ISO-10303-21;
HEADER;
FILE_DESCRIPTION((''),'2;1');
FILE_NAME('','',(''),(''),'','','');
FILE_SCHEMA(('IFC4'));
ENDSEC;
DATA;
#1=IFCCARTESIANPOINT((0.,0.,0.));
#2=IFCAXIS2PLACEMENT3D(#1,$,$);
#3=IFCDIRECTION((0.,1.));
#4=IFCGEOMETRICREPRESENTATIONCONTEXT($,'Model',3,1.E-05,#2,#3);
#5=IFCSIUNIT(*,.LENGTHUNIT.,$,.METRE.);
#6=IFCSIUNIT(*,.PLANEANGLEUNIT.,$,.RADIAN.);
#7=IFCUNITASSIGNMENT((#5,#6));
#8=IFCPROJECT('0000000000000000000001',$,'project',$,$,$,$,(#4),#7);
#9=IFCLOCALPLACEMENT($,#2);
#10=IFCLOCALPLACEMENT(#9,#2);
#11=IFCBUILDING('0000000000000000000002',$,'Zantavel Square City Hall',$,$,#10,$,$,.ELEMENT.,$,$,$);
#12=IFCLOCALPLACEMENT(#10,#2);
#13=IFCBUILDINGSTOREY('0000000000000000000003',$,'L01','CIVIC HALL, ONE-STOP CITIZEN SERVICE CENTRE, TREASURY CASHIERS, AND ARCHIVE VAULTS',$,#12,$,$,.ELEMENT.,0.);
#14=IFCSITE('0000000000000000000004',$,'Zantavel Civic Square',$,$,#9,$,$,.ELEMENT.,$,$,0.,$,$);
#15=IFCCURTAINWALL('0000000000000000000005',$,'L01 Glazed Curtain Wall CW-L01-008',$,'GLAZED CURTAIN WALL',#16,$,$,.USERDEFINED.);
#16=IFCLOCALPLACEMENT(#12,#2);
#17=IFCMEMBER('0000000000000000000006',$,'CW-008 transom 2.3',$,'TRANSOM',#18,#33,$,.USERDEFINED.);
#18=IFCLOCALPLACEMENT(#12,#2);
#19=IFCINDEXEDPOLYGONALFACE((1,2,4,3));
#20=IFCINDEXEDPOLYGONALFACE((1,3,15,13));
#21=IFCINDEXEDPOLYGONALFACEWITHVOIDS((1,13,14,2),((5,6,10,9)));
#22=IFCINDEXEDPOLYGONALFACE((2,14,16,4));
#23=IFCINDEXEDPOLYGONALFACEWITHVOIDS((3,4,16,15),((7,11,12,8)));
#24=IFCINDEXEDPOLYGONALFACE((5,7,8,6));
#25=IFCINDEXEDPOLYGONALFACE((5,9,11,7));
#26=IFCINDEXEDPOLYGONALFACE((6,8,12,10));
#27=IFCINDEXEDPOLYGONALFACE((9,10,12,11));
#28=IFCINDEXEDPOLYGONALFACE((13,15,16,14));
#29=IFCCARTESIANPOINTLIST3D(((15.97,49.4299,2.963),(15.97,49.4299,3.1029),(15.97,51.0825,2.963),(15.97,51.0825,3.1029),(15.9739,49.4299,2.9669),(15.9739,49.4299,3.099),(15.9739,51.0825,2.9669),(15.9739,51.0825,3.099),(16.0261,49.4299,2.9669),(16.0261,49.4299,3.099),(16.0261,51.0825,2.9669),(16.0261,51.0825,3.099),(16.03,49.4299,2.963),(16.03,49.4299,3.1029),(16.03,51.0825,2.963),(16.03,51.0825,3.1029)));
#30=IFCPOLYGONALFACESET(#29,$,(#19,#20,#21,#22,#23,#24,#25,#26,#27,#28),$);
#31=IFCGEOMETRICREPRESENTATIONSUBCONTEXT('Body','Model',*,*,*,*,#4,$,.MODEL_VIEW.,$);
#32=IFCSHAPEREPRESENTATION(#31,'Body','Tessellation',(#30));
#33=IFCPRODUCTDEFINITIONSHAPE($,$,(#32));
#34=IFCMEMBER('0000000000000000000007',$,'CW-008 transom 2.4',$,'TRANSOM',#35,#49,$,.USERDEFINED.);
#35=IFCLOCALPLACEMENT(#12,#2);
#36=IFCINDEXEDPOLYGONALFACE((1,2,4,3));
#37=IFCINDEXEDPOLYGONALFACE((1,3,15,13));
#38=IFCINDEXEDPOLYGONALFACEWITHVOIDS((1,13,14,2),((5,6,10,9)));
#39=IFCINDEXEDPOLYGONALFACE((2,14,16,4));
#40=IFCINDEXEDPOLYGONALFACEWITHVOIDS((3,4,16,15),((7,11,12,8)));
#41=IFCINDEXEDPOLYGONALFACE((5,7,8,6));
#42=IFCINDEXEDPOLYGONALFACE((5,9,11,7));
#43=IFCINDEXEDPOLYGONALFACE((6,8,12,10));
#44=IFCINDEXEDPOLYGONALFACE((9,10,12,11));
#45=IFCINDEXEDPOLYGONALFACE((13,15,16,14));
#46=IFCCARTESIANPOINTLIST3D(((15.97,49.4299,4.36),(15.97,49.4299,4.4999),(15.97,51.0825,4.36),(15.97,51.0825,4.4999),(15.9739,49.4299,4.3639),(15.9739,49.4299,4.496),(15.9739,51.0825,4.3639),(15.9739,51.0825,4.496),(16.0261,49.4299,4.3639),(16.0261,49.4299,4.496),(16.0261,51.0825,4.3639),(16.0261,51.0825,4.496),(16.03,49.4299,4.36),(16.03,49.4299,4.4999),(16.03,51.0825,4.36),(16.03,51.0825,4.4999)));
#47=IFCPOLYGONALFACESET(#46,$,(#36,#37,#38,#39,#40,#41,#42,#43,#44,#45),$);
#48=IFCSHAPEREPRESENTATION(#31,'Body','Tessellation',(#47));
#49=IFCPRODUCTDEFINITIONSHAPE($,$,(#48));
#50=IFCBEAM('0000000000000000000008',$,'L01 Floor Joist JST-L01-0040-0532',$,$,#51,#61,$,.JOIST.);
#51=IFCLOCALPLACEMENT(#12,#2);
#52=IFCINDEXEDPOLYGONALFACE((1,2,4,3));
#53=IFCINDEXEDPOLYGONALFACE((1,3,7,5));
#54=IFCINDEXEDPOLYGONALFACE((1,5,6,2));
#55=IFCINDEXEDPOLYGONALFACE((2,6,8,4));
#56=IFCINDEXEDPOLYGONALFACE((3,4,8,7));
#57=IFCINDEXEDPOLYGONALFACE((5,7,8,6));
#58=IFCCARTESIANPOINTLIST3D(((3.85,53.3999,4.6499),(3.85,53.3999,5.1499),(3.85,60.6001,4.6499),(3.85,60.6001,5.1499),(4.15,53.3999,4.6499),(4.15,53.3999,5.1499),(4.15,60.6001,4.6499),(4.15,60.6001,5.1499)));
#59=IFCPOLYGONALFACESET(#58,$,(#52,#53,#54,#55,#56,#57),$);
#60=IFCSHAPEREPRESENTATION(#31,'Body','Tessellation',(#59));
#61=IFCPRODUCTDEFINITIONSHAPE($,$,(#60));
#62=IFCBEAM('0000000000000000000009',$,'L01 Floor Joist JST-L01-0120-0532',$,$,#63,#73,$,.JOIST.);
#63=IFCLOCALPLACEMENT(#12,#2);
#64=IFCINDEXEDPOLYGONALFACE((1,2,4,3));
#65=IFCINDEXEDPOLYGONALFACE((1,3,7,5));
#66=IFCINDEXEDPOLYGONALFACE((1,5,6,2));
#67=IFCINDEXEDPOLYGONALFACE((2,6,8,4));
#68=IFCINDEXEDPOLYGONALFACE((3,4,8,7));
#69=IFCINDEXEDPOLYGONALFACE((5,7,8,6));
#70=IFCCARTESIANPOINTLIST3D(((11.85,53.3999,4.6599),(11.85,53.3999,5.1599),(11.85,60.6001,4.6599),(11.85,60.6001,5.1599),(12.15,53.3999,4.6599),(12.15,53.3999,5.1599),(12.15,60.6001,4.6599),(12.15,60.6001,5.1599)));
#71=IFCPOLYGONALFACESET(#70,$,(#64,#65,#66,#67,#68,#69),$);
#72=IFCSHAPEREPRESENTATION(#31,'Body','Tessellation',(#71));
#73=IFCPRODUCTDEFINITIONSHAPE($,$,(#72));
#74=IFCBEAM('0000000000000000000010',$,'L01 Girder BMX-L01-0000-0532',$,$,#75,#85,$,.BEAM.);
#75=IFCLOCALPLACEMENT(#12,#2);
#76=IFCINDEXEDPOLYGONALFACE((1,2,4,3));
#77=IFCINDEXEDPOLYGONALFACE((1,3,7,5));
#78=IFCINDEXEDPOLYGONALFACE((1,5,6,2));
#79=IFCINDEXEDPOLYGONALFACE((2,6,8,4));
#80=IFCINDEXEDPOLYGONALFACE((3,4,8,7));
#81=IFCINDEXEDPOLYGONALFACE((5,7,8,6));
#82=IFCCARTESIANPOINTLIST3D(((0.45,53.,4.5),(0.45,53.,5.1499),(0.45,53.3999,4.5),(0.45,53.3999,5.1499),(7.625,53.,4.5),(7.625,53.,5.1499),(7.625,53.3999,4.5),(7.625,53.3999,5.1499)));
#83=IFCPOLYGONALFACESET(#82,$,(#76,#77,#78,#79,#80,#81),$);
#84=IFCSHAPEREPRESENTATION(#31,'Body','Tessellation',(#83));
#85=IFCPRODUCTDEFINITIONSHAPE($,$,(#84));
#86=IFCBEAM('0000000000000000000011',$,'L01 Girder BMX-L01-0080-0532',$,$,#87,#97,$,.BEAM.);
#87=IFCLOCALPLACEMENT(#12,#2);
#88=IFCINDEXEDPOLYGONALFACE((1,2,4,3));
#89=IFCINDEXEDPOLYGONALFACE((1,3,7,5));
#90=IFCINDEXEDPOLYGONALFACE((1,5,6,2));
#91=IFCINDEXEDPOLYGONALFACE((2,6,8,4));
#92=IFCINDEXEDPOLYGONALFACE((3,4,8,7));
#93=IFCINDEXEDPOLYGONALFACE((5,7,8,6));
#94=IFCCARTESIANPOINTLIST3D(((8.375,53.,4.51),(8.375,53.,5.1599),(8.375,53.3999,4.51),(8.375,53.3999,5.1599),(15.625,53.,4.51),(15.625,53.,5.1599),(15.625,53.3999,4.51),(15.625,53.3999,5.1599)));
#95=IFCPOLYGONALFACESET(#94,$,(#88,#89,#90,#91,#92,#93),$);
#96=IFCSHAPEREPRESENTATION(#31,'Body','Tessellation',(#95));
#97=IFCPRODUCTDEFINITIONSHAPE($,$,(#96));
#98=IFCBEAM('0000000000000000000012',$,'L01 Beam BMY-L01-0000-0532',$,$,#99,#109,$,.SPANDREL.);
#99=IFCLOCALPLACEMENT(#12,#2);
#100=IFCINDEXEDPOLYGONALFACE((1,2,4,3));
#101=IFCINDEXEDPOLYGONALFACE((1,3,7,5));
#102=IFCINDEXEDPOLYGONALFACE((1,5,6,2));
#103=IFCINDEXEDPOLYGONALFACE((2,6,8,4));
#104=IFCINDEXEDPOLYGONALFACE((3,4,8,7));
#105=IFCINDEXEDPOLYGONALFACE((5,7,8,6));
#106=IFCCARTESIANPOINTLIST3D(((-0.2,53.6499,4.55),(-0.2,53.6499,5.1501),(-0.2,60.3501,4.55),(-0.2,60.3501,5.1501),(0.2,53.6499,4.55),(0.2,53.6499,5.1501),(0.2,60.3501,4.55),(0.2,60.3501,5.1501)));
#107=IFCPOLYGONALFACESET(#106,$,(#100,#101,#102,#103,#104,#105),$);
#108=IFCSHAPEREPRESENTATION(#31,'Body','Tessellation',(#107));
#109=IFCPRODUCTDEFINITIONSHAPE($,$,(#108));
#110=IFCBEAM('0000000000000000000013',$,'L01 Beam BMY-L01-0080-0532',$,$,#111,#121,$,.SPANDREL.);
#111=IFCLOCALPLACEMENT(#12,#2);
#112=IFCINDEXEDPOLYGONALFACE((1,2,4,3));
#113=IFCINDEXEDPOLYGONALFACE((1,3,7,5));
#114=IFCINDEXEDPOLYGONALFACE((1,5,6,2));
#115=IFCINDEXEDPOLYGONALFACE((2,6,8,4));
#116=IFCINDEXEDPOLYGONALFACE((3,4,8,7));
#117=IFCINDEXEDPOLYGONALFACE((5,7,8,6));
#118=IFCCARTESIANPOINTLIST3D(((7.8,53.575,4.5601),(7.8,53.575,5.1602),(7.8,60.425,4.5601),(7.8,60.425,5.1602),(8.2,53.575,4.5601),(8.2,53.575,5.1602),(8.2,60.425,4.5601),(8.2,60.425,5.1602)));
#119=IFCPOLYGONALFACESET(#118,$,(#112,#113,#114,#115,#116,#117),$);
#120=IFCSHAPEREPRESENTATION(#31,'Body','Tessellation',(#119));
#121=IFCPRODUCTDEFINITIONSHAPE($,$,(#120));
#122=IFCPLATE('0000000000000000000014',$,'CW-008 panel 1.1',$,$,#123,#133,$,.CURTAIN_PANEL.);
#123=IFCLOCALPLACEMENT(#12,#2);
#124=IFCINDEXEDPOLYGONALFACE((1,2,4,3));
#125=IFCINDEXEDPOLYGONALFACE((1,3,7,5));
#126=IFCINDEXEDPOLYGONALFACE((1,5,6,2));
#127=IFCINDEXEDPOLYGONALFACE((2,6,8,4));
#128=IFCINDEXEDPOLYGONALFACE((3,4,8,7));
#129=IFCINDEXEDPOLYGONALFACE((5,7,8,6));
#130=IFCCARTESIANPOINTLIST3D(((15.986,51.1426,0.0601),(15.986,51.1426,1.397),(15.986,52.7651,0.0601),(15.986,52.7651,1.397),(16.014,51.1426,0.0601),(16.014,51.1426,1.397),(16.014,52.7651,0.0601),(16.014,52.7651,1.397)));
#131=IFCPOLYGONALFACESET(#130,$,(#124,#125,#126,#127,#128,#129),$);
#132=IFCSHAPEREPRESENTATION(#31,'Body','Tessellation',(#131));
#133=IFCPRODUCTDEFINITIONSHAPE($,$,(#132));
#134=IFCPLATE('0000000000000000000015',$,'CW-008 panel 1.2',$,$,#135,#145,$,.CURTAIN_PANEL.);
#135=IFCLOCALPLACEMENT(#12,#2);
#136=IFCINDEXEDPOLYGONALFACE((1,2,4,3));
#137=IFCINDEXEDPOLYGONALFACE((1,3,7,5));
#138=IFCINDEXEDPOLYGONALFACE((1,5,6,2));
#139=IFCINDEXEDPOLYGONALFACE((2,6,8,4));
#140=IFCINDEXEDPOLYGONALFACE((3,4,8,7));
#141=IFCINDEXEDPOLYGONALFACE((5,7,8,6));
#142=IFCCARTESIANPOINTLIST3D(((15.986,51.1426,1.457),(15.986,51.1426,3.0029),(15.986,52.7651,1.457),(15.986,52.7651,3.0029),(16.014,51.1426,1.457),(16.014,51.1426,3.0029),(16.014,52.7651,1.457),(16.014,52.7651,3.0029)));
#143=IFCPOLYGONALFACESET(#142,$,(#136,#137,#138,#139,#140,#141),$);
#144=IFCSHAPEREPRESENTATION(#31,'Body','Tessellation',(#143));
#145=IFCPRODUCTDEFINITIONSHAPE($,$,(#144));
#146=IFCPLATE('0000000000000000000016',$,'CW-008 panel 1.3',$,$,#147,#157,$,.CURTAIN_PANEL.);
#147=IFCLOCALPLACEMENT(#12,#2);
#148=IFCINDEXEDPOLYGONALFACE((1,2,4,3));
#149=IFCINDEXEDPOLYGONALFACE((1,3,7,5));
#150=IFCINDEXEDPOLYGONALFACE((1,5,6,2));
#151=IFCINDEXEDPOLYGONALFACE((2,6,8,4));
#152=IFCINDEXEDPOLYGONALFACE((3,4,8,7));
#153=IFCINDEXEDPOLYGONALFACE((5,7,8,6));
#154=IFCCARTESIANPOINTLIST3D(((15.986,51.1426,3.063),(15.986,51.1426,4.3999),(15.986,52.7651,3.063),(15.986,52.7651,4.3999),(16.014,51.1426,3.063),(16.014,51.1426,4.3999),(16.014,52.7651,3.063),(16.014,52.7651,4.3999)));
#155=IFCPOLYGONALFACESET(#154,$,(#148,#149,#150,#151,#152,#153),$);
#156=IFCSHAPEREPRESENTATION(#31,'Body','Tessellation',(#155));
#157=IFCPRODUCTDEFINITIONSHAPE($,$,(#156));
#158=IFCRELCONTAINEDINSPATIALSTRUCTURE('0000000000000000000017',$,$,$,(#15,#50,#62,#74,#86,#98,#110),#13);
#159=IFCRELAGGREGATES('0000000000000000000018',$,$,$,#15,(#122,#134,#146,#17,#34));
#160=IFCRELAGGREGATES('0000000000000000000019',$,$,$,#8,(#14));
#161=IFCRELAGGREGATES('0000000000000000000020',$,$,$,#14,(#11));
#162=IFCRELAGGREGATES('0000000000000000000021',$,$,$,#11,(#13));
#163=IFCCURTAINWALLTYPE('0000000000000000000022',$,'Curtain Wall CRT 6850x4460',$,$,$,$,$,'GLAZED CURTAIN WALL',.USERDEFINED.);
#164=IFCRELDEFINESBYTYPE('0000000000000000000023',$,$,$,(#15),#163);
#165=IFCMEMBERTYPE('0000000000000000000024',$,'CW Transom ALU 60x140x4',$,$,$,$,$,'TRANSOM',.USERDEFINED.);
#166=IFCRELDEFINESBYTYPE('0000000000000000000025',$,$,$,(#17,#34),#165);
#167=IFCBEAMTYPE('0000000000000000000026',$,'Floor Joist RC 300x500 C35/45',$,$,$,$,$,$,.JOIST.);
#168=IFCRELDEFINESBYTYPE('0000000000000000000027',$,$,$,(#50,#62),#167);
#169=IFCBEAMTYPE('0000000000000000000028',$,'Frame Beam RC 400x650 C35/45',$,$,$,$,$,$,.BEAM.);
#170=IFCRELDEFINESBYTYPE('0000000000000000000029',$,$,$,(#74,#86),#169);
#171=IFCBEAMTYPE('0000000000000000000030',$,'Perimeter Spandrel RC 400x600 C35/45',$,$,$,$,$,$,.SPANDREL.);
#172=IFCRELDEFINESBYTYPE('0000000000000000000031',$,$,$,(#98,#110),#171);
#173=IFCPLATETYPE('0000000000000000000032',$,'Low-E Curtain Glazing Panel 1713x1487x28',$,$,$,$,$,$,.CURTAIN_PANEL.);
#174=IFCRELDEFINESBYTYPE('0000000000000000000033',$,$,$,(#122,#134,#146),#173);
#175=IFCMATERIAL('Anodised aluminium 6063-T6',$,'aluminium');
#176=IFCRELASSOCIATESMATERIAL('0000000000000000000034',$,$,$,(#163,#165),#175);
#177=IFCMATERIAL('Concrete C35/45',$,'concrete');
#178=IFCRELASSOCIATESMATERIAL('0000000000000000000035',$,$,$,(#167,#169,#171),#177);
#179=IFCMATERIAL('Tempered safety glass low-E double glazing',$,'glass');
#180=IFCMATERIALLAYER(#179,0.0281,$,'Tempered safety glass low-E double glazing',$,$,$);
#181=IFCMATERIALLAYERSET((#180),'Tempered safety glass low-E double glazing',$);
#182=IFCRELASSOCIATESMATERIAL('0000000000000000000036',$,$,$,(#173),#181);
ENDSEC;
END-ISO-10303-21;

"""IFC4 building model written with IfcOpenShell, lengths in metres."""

from ifc_helpers import new_model, si_unit, direction, frame, origin, origin_2d, place, context, subcontext, project, spatial, rectangle, hollow_rectangle, extrude, material, layer, layer_set, material_profile, profile_set, type_object, element, aggregate, save


model = new_model("IFC4")

# Units and contexts
model_context = context("Model", 3, precision=1e-05, world=origin(), true_north=direction((0.0, 1.0)))
body_context = subcontext(model_context, "Body", "Model", "MODEL_VIEW")
ifc_project = project(units=[si_unit("LENGTHUNIT", "METRE"), si_unit("PLANEANGLEUNIT", "RADIAN")], contexts=[model_context])

# Site, building, storey
site_placement = place(None, origin())
site = spatial("IfcSite", under=ifc_project, at=site_placement, Name="Zantavel Civic Square", CompositionType="ELEMENT", RefElevation=0.0)
building_placement = place(site_placement, origin())
building = spatial("IfcBuilding", under=site, at=building_placement, Name="Zantavel Square City Hall", CompositionType="ELEMENT")
storey_placement = place(building_placement, origin())
storey = spatial("IfcBuildingStorey", under=building, at=storey_placement, Name="L01", Description="CIVIC HALL, ONE-STOP CITIZEN SERVICE CENTRE, TREASURY CASHIERS, AND ARCHIVE VAULTS", CompositionType="ELEMENT", Elevation=0.0)

# Curtain wall, members
ifc_material_1 = material(Name="Anodised aluminium 6063-T6", Category="aluminium")
curtain_wall_type = type_object("IfcCurtainWallType", Name="Curtain Wall CRT 6850x4460", ElementType="GLAZED CURTAIN WALL", PredefinedType="USERDEFINED", material=ifc_material_1)
curtain_wall_placement = place(storey_placement, origin())
curtain_wall = element("IfcCurtainWall", 1, at=curtain_wall_placement, inside=storey, type_object=curtain_wall_type, Name="L01 Glazed Curtain Wall CW-L01-008", ObjectType="GLAZED CURTAIN WALL", PredefinedType="USERDEFINED")
ifc_material_profile_1 = material_profile(ifc_material_1, hollow_rectangle(XDim=0.0601, YDim=0.1399, WallThickness=0.0039, at=origin_2d()), Name="ALU 60x140x4")
ifc_profile_set_1 = profile_set([ifc_material_profile_1], Name="Anodised aluminium 6063-T6")
member_type_1 = type_object("IfcMemberType", Name="CW Transom ALU 60x140x4", ElementType="TRANSOM", PredefinedType="USERDEFINED", material=ifc_profile_set_1)
member_1_placement = place(storey_placement, frame((16.0, 51.0825, 3.033), z_axis=(0.0, -1.0, 0.0), x_axis=(1.0, 0.0, 0.0)))
member_1 = element("IfcMember", 2, at=member_1_placement, type_object=member_type_1, Name="CW-008 transom 2.3", ObjectType="TRANSOM", PredefinedType="USERDEFINED", context=body_context, shape_type="SweptSolid", body=[
    extrude(hollow_rectangle(XDim=0.0601, YDim=0.1399, WallThickness=0.0039, at=origin_2d()), origin(), (0.0, 0.0, 1.0), 1.6526),
])
member_2_placement = place(storey_placement, frame((16.0, 51.0825, 4.4299), z_axis=(0.0, -1.0, 0.0), x_axis=(1.0, 0.0, 0.0)))
member_2 = element("IfcMember", 3, at=member_2_placement, type_object=member_type_1, Name="CW-008 transom 2.4", ObjectType="TRANSOM", PredefinedType="USERDEFINED", context=body_context, shape_type="SweptSolid", body=[
    extrude(hollow_rectangle(XDim=0.0601, YDim=0.1399, WallThickness=0.0039, at=origin_2d()), origin(), (0.0, 0.0, 1.0), 1.6526),
])

# Beams
ifc_material_2 = material(Name="Concrete C35/45", Category="concrete")
ifc_material_profile_2 = material_profile(ifc_material_2, rectangle(XDim=0.3, YDim=0.5, at=origin_2d()), Name="RC 300x500")
ifc_profile_set_2 = profile_set([ifc_material_profile_2], Name="Concrete C35/45")
beam_type_1 = type_object("IfcBeamType", Name="Floor Joist RC 300x500 C35/45", PredefinedType="JOIST", material=ifc_profile_set_2)
for number, where, z_axis, x_axis, name in (
    (4, (4.0, 53.3999, 4.8999), (0.0, 1.0, 0.0), (-1.0, 0.0, 0.0), "L01 Floor Joist JST-L01-0040-0532"),
    (5, (12.0, 53.3999, 4.9099), (0.0, 1.0, 0.0), (-1.0, 0.0, 0.0), "L01 Floor Joist JST-L01-0120-0532"),
):
    element("IfcBeam", number, at=place(storey_placement, frame(where, z_axis=z_axis, x_axis=x_axis)), inside=storey, type_object=beam_type_1, Name=name, PredefinedType="JOIST", context=body_context, shape_type="SweptSolid", body=[
        extrude(rectangle(XDim=0.3, YDim=0.5, at=origin_2d()), origin(), (0.0, 0.0, 1.0), 7.2002),
    ])
ifc_material_profile_3 = material_profile(ifc_material_2, rectangle(XDim=0.3999, YDim=0.6499, at=origin_2d()), Name="RC 400x650")
ifc_profile_set_3 = profile_set([ifc_material_profile_3], Name="Concrete C35/45")
beam_type_2 = type_object("IfcBeamType", Name="Frame Beam RC 400x650 C35/45", PredefinedType="BEAM", material=ifc_profile_set_3)
beam_1_placement = place(storey_placement, frame((0.45, 53.2, 4.825), z_axis=(1.0, 0.0, 0.0), x_axis=(0.0, 1.0, 0.0)))
element("IfcBeam", 6, at=beam_1_placement, inside=storey, type_object=beam_type_2, Name="L01 Girder BMX-L01-0000-0532", PredefinedType="BEAM", context=body_context, shape_type="SweptSolid", body=[
    extrude(rectangle(XDim=0.3999, YDim=0.6499, at=origin_2d()), origin(), (0.0, 0.0, 1.0), 7.175),
])
beam_2_placement = place(storey_placement, frame((8.375, 53.2, 4.835), z_axis=(1.0, 0.0, 0.0), x_axis=(0.0, 1.0, 0.0)))
element("IfcBeam", 7, at=beam_2_placement, inside=storey, type_object=beam_type_2, Name="L01 Girder BMX-L01-0080-0532", PredefinedType="BEAM", context=body_context, shape_type="SweptSolid", body=[
    extrude(rectangle(XDim=0.3999, YDim=0.6499, at=origin_2d()), origin(), (0.0, 0.0, 1.0), 7.25),
])
ifc_material_profile_4 = material_profile(ifc_material_2, rectangle(XDim=0.3999, YDim=0.6001, at=origin_2d()), Name="RC 400x600")
ifc_profile_set_4 = profile_set([ifc_material_profile_4], Name="Concrete C35/45")
beam_type_3 = type_object("IfcBeamType", Name="Perimeter Spandrel RC 400x600 C35/45", PredefinedType="SPANDREL", material=ifc_profile_set_4)
beam_3_placement = place(storey_placement, frame((0.0, 53.6499, 4.8501), z_axis=(0.0, 1.0, 0.0), x_axis=(-1.0, 0.0, 0.0)))
element("IfcBeam", 8, at=beam_3_placement, inside=storey, type_object=beam_type_3, Name="L01 Beam BMY-L01-0000-0532", PredefinedType="SPANDREL", context=body_context, shape_type="SweptSolid", body=[
    extrude(rectangle(XDim=0.3999, YDim=0.6001, at=origin_2d()), origin(), (0.0, 0.0, 1.0), 6.7002),
])
beam_4_placement = place(storey_placement, frame((8.0, 53.575, 4.8601), z_axis=(0.0, 1.0, 0.0), x_axis=(-1.0, 0.0, 0.0)))
element("IfcBeam", 9, at=beam_4_placement, inside=storey, type_object=beam_type_3, Name="L01 Beam BMY-L01-0080-0532", PredefinedType="SPANDREL", context=body_context, shape_type="SweptSolid", body=[
    extrude(rectangle(XDim=0.3999, YDim=0.6001, at=origin_2d()), origin(), (0.0, 0.0, 1.0), 6.8501),
])

# Plates
ifc_material_3 = material(Name="Tempered safety glass low-E double glazing", Category="glass")
ifc_layer_1 = layer(ifc_material_3, 0.0281, Name="Tempered safety glass low-E double glazing")
ifc_layer_set_1 = layer_set([ifc_layer_1], Name="Tempered safety glass low-E double glazing")
plate_type = type_object("IfcPlateType", Name="Low-E Curtain Glazing Panel 1713x1487x28", PredefinedType="CURTAIN_PANEL", material=ifc_layer_set_1)
plate_1_placement = place(storey_placement, frame((16.0, 51.9539, 0.0601), z_axis=(0.0, 0.0, 1.0), x_axis=(0.0, -1.0, 0.0)))
plate_1 = element("IfcPlate", 10, at=plate_1_placement, type_object=plate_type, Name="CW-008 panel 1.1", PredefinedType="CURTAIN_PANEL", context=body_context, shape_type="SweptSolid", body=[
    extrude(rectangle(XDim=1.6226, YDim=0.0281, at=origin_2d()), origin(), (0.0, 0.0, 1.0), 1.3369),
])
plate_2_placement = place(storey_placement, frame((16.0, 51.9539, 1.457), z_axis=(0.0, 0.0, 1.0), x_axis=(0.0, -1.0, 0.0)))
plate_2 = element("IfcPlate", 11, at=plate_2_placement, type_object=plate_type, Name="CW-008 panel 1.2", PredefinedType="CURTAIN_PANEL", context=body_context, shape_type="SweptSolid", body=[
    extrude(rectangle(XDim=1.6226, YDim=0.0281, at=origin_2d()), origin(), (0.0, 0.0, 1.0), 1.5459),
])
plate_3_placement = place(storey_placement, frame((16.0, 51.9539, 3.063), z_axis=(0.0, 0.0, 1.0), x_axis=(0.0, -1.0, 0.0)))
plate_3 = element("IfcPlate", 12, at=plate_3_placement, type_object=plate_type, Name="CW-008 panel 1.3", PredefinedType="CURTAIN_PANEL", context=body_context, shape_type="SweptSolid", body=[
    extrude(rectangle(XDim=1.6226, YDim=0.0281, at=origin_2d()), origin(), (0.0, 0.0, 1.0), 1.3369),
])
aggregate(curtain_wall, [plate_1, plate_2, plate_3, member_1, member_2])

save(model, "model.ifc")
